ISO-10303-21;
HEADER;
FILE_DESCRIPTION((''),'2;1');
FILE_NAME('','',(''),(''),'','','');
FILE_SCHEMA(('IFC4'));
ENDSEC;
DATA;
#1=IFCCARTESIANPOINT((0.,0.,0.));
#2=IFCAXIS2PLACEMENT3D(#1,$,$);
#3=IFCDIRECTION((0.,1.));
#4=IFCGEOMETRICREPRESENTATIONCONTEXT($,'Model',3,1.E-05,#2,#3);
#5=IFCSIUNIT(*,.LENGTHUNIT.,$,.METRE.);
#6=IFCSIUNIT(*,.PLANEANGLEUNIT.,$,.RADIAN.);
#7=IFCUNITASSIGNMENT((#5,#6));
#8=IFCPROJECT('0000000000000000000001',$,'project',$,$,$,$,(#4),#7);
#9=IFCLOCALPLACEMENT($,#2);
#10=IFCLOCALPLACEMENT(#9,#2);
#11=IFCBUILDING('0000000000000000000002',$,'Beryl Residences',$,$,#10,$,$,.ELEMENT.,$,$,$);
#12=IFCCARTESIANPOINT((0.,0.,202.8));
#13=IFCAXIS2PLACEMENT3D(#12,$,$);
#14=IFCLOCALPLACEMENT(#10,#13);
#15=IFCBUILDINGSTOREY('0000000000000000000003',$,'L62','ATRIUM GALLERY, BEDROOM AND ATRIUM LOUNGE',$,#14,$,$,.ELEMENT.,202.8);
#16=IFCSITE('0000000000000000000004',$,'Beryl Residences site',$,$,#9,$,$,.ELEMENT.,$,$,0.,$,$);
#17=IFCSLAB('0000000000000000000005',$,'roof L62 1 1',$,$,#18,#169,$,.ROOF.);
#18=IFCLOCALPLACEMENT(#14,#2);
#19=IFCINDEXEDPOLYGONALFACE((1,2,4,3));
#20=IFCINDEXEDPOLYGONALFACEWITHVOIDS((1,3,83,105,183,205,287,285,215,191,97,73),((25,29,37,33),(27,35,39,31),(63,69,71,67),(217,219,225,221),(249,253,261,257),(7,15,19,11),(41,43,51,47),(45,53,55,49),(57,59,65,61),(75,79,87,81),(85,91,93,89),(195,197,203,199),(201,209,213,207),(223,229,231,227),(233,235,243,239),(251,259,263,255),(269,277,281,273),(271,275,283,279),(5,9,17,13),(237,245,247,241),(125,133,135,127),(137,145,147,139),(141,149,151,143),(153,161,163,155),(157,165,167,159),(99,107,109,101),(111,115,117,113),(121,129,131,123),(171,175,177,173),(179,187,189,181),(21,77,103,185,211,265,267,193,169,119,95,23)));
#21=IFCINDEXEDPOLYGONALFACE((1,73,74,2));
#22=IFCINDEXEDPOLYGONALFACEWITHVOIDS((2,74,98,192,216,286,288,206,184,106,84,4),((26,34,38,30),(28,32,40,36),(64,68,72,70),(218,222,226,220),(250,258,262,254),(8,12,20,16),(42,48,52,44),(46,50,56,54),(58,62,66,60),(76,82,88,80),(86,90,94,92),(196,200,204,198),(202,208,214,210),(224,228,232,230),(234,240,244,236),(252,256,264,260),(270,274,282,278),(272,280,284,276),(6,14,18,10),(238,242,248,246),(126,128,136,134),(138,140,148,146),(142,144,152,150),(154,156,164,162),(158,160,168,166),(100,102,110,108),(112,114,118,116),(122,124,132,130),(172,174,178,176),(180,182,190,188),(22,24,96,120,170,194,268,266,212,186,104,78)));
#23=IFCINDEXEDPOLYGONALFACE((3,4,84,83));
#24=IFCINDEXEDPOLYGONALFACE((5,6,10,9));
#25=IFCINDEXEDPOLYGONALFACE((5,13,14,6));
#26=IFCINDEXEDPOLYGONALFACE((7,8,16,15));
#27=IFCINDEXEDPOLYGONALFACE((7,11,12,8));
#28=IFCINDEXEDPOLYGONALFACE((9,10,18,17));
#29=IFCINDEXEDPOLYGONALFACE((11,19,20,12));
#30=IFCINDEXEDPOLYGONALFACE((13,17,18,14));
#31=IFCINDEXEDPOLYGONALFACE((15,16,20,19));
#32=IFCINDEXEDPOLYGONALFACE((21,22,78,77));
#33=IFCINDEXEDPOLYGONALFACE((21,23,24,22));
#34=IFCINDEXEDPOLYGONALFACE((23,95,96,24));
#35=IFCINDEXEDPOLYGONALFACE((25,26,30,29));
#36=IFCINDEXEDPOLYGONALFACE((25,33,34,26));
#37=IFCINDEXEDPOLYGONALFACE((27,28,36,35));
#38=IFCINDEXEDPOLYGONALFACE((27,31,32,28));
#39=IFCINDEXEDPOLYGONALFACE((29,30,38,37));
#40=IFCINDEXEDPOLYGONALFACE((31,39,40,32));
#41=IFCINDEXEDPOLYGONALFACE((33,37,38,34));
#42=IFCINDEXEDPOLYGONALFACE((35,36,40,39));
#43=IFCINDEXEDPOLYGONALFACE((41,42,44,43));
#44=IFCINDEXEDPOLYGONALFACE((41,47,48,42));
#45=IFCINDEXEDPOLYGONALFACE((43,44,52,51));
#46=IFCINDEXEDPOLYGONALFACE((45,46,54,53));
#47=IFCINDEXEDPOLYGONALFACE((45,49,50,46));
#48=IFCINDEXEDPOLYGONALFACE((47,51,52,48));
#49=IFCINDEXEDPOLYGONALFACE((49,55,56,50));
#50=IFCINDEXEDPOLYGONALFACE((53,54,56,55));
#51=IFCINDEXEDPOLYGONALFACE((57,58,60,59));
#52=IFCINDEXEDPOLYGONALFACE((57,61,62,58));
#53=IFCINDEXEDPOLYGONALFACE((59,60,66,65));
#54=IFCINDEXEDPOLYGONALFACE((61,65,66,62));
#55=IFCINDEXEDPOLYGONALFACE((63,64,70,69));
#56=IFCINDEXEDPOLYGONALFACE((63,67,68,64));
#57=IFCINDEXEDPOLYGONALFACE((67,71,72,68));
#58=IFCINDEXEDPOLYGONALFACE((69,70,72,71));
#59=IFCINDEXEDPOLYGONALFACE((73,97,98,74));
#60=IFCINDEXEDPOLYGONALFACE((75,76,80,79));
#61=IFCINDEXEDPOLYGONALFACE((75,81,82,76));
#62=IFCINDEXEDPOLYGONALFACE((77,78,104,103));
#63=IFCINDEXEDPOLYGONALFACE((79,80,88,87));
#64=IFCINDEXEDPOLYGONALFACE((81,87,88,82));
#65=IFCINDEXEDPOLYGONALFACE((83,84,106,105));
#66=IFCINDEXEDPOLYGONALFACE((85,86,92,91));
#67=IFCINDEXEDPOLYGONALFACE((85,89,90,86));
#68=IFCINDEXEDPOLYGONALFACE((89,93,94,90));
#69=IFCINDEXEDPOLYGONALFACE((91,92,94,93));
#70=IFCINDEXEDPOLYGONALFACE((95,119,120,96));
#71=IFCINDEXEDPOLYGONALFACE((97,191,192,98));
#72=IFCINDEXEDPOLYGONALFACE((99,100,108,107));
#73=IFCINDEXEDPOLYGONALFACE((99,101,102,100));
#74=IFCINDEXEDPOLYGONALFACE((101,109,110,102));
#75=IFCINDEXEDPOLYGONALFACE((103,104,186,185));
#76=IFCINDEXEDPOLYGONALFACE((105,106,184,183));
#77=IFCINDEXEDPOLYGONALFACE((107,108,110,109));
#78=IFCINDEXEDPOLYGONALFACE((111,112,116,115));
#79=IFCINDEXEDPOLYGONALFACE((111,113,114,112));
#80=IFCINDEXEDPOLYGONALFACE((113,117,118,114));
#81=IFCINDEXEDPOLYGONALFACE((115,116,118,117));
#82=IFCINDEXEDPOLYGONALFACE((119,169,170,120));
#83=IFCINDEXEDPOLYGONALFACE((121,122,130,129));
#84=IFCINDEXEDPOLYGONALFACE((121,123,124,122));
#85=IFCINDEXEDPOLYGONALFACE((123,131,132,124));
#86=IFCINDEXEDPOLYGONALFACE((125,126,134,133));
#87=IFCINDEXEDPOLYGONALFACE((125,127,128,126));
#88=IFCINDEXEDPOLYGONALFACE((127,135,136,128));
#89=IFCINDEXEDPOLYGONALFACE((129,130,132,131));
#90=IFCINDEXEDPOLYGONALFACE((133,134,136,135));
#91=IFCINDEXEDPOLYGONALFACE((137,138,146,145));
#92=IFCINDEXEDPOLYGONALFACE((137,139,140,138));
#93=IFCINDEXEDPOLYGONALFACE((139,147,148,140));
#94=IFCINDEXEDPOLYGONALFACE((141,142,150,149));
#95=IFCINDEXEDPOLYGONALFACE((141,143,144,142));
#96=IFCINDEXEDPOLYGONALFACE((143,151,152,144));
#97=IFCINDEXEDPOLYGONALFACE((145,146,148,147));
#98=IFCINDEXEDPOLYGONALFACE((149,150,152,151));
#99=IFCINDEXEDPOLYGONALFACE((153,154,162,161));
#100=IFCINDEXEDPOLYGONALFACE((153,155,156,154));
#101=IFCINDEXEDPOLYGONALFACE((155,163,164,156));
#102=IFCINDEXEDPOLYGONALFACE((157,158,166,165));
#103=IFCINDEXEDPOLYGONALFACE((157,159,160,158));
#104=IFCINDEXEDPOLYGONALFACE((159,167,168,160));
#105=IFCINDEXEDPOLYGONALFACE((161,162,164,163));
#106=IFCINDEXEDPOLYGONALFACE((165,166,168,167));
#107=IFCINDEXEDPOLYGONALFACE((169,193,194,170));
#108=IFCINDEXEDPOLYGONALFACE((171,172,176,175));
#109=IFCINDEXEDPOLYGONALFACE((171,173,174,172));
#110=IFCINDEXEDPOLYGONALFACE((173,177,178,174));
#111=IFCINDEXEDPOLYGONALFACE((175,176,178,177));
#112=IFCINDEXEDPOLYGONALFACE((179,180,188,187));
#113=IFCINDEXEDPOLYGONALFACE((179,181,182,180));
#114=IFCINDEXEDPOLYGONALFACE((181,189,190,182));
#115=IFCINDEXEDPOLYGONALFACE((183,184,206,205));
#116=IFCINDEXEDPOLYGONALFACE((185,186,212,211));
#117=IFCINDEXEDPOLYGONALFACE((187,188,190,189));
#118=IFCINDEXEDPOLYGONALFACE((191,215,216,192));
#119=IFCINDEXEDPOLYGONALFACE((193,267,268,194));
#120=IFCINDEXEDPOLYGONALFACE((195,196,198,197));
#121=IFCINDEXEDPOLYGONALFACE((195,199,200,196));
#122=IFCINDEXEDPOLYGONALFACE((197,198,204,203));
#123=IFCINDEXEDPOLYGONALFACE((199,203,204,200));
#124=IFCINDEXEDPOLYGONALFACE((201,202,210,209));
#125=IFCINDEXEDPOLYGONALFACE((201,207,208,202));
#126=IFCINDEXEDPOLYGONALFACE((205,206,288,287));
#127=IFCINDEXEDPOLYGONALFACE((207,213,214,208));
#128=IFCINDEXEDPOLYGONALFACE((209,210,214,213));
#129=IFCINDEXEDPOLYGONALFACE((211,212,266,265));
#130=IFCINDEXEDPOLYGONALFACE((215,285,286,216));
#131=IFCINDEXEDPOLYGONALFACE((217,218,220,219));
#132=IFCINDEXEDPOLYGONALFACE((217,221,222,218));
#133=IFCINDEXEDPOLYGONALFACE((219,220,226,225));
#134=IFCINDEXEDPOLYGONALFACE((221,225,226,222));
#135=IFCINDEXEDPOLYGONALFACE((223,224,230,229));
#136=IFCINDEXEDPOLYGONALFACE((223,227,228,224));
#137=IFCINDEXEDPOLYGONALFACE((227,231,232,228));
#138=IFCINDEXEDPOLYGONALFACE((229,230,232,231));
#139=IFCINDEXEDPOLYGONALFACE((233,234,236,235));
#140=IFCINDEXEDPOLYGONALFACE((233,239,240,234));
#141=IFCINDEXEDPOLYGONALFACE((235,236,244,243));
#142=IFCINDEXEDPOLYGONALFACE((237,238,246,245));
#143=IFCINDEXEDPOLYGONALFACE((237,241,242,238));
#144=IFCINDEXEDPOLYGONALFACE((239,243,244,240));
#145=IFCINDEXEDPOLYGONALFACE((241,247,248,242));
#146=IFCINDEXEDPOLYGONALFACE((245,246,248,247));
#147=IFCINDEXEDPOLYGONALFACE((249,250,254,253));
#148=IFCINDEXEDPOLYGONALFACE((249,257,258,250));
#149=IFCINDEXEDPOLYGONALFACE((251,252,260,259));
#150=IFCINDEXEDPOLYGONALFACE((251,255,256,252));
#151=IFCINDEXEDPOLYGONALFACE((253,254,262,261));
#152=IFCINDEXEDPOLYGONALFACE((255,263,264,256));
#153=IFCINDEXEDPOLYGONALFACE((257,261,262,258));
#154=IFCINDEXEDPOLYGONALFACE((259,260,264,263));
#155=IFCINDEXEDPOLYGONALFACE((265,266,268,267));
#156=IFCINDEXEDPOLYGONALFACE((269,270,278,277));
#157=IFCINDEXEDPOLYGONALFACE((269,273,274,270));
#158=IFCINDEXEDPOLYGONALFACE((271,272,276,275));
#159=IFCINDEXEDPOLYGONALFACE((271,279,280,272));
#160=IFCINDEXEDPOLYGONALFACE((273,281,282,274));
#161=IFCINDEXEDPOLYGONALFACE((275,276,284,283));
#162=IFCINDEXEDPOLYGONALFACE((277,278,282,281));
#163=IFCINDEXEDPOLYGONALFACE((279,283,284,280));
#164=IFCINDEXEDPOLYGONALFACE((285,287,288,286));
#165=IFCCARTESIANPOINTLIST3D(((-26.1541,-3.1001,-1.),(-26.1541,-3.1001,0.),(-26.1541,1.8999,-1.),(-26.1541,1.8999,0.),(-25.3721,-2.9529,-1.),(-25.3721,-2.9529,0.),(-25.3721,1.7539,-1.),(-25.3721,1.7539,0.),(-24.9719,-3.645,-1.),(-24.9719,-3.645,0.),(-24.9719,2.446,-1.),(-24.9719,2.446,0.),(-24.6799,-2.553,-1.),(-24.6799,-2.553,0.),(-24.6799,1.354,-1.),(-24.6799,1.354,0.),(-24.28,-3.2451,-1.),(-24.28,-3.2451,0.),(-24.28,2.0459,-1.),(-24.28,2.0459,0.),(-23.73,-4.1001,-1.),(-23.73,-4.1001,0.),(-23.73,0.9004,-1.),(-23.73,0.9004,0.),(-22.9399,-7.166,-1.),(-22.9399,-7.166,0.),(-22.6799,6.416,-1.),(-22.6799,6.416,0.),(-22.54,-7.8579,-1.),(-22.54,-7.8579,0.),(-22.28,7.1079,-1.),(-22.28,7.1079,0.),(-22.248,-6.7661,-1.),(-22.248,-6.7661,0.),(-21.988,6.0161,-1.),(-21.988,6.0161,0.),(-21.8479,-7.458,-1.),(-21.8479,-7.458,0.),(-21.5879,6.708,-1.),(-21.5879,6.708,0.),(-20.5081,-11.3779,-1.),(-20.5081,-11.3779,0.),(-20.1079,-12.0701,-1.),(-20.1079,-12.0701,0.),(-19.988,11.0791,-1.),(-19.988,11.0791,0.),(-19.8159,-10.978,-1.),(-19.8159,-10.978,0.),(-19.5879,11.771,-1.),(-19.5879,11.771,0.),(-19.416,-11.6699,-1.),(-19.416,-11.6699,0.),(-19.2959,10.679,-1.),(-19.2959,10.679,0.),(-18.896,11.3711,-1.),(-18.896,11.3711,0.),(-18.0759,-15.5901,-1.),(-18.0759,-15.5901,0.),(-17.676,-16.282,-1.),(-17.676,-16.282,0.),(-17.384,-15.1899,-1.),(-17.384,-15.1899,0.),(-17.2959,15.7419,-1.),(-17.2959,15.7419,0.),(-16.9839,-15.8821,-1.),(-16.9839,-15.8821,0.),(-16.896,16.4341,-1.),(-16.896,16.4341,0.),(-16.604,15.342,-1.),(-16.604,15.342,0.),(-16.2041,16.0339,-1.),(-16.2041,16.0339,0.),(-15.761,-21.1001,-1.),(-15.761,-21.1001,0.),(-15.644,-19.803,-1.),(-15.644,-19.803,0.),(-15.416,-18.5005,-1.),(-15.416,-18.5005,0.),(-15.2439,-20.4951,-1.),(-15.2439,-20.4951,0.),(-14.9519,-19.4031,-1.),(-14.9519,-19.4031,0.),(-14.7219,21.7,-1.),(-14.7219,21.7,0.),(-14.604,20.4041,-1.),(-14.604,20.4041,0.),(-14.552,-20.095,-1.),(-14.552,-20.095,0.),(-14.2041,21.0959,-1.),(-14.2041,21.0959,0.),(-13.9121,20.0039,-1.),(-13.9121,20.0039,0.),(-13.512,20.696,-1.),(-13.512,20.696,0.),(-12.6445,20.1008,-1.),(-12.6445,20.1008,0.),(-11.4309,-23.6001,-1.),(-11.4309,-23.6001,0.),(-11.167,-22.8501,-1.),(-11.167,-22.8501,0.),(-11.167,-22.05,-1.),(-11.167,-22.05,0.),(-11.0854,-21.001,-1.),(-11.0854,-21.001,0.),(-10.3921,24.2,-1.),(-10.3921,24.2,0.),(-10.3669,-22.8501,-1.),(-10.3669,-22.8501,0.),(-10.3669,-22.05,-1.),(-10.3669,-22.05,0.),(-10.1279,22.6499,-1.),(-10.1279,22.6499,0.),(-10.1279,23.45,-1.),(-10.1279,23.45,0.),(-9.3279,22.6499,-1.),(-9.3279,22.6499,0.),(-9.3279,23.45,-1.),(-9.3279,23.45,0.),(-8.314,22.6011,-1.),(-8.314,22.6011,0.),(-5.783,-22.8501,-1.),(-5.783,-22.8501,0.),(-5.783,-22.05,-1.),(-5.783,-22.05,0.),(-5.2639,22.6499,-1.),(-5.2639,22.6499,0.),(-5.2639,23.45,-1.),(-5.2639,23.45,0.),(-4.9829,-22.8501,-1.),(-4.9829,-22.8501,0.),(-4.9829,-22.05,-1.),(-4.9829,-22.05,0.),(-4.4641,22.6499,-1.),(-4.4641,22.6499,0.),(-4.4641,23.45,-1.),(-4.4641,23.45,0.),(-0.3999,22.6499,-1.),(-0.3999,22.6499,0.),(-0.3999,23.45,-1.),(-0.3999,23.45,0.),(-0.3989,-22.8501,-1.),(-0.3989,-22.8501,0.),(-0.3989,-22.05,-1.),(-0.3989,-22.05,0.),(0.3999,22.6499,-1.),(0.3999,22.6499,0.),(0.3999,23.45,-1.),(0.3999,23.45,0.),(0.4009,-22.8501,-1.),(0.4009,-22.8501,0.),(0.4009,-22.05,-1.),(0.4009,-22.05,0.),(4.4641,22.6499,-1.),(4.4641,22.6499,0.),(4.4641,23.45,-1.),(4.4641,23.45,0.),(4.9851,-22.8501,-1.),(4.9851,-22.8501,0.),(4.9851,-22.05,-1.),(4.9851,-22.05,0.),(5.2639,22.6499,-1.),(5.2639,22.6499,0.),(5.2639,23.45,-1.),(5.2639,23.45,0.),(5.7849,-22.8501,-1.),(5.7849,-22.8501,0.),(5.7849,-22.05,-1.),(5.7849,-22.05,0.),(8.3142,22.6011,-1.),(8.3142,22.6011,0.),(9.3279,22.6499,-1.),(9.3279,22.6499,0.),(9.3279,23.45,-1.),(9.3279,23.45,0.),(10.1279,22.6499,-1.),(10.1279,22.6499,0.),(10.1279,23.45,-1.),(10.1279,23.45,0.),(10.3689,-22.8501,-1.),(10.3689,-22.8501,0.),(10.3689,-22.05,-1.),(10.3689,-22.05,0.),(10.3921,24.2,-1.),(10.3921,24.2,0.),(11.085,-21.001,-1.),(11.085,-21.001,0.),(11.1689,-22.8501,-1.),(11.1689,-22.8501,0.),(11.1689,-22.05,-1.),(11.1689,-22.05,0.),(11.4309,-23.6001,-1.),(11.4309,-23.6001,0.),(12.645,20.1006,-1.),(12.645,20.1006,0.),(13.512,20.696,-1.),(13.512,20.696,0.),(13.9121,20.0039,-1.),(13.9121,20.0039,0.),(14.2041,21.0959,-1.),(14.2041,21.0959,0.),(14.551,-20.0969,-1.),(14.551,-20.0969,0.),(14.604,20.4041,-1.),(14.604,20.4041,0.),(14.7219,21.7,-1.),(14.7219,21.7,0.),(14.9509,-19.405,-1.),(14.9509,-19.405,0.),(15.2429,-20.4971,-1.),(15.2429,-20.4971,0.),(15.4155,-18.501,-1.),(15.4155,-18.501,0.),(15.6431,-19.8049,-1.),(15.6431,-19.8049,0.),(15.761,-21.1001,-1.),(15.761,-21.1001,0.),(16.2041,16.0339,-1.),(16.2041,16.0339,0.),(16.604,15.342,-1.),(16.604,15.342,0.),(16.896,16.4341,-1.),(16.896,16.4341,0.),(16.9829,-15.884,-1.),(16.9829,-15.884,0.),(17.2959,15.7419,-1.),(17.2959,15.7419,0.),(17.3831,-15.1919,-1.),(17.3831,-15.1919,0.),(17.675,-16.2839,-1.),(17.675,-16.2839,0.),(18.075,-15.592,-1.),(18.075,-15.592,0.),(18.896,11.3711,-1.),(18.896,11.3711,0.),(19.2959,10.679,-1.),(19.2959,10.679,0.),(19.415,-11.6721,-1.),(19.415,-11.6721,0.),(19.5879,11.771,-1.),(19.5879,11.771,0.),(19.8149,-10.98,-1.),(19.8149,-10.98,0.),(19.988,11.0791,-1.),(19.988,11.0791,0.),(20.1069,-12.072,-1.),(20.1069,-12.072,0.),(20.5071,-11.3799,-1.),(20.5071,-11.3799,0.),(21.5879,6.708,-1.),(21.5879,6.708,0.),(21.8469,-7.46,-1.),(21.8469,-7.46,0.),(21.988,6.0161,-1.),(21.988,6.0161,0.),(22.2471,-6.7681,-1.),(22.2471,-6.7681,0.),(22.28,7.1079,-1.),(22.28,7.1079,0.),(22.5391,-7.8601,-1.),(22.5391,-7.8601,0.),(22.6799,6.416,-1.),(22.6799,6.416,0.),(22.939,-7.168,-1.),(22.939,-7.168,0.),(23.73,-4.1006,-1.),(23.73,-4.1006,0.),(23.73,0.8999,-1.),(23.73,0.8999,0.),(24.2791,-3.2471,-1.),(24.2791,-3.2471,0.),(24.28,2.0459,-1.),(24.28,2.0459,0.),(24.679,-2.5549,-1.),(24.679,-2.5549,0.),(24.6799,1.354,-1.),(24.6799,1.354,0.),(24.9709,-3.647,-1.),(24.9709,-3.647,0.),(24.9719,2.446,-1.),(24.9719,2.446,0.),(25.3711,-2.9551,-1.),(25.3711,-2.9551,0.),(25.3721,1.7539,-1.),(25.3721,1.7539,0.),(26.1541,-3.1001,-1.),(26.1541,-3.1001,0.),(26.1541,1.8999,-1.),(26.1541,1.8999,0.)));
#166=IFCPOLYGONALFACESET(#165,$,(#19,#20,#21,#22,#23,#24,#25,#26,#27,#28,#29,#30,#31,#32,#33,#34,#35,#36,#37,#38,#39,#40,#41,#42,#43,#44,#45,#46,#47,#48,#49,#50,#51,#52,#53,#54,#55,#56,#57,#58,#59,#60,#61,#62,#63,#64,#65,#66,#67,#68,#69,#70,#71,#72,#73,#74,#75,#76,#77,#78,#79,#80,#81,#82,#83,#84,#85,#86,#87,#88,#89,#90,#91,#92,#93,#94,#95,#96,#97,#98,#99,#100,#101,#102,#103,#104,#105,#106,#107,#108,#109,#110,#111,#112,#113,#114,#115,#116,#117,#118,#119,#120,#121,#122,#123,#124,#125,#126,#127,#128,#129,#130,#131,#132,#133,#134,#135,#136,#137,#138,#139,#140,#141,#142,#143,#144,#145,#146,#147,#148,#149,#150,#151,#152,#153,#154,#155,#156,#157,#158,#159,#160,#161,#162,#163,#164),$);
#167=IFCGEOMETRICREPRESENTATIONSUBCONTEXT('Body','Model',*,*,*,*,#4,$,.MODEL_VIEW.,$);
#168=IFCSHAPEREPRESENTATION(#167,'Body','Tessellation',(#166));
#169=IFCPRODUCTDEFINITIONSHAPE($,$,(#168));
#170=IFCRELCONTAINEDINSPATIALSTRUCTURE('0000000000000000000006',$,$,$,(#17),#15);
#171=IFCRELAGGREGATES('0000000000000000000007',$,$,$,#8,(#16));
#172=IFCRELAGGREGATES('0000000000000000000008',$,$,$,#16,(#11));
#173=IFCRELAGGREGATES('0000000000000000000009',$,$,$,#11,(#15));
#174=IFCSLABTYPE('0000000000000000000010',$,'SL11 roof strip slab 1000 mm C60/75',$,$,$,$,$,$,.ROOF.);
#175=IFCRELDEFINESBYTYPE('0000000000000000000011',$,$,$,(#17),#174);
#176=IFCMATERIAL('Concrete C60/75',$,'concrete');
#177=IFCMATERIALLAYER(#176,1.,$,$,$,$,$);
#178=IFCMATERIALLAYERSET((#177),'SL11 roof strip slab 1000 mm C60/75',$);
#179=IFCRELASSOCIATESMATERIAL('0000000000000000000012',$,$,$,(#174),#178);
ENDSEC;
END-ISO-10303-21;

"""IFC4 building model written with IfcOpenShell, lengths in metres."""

from ifc_helpers import new_model, si_unit, direction, frame, origin, place, context, subcontext, project, spatial, polyline, outline, extrude, material, layer, layer_set, type_object, element, save


model = new_model("IFC4")

# Units and contexts
model_context = context("Model", 3, precision=1e-05, world=origin(), true_north=direction((0.0, 1.0)))
body_context = subcontext(model_context, "Body", "Model", "MODEL_VIEW")
ifc_project = project(units=[si_unit("LENGTHUNIT", "METRE"), si_unit("PLANEANGLEUNIT", "RADIAN")], contexts=[model_context])

# Site, building, storey
site_placement = place(None, origin())
site = spatial("IfcSite", under=ifc_project, at=site_placement, Name="Beryl Residences site", CompositionType="ELEMENT", RefElevation=0.0)
building_placement = place(site_placement, origin())
building = spatial("IfcBuilding", under=site, at=building_placement, Name="Beryl Residences", CompositionType="ELEMENT")
storey_placement = place(building_placement, frame((0.0, 0.0, 202.8)))
storey = spatial("IfcBuildingStorey", under=building, at=storey_placement, Name="L62", Description="ATRIUM GALLERY, BEDROOM AND ATRIUM LOUNGE", CompositionType="ELEMENT", Elevation=202.8)

# Slab
ifc_material_1 = material(Name="Concrete C60/75", Category="concrete")
ifc_layer_1 = layer(ifc_material_1, 1.0)
ifc_layer_set_1 = layer_set([ifc_layer_1], Name="SL11 roof strip slab 1000 mm C60/75")
slab_type_1 = type_object("IfcSlabType", Name="SL11 roof strip slab 1000 mm C60/75", PredefinedType="ROOF", material=ifc_layer_set_1)
slab_1_placement = place(storey_placement, frame((0.0, 0.0, -1.0)))
element("IfcSlab", 1, at=slab_1_placement, inside=storey, type_object=slab_type_1, Name="roof L62 1 1", PredefinedType="ROOF", context=body_context, shape_type="SweptSolid", body=[
    extrude(outline(polyline([(26.1541, -3.1001), (15.761, -21.1001), (11.4309, -23.6001), (-11.4309, -23.6001), (-15.761, -21.1001), (-26.1541, -3.1001), (-26.1541, 1.8999), (-14.7219, 21.7), (-10.3921, 24.2), (10.3921, 24.2), (14.7219, 21.7), (26.1541, 1.8999), (26.1541, -3.1001)]), holes=[polyline([(25.3721, 1.7539), (24.9719, 2.446), (24.28, 2.0459), (24.6799, 1.354), (25.3721, 1.7539)]), polyline([(25.3711, -2.9551), (24.679, -2.5549), (24.2791, -3.2471), (24.9709, -3.647), (25.3711, -2.9551)]), polyline([(8.3142, 22.6011), (-8.314, 22.6011), (-12.6445, 20.1008), (-23.73, 0.9004), (-23.73, -4.1001), (-15.416, -18.5005), (-11.0854, -21.001), (11.085, -21.001), (15.4155, -18.501), (23.73, -4.1006), (23.73, 0.8999), (12.645, 20.1006), (8.3142, 22.6011)]), polyline([(22.939, -7.168), (22.2471, -6.7681), (21.8469, -7.46), (22.5391, -7.8601), (22.939, -7.168)]), polyline([(22.6799, 6.416), (22.28, 7.1079), (21.5879, 6.708), (21.988, 6.0161), (22.6799, 6.416)]), polyline([(19.8149, -10.98), (19.415, -11.6721), (20.1069, -12.072), (20.5071, -11.3799), (19.8149, -10.98)]), polyline([(19.5879, 11.771), (18.896, 11.3711), (19.2959, 10.679), (19.988, 11.0791), (19.5879, 11.771)]), polyline([(17.675, -16.2839), (18.075, -15.592), (17.3831, -15.1919), (16.9829, -15.884), (17.675, -16.2839)]), polyline([(17.2959, 15.7419), (16.896, 16.4341), (16.2041, 16.0339), (16.604, 15.342), (17.2959, 15.7419)]), polyline([(15.2429, -20.4971), (15.6431, -19.8049), (14.9509, -19.405), (14.551, -20.0969), (15.2429, -20.4971)]), polyline([(14.604, 20.4041), (14.2041, 21.0959), (13.512, 20.696), (13.9121, 20.0039), (14.604, 20.4041)]), polyline([(11.1689, -22.8501), (11.1689, -22.05), (10.3689, -22.05), (10.3689, -22.8501), (11.1689, -22.8501)]), polyline([(10.1279, 23.45), (9.3279, 23.45), (9.3279, 22.6499), (10.1279, 22.6499), (10.1279, 23.45)]), polyline([(4.9851, -22.8501), (5.7849, -22.8501), (5.7849, -22.05), (4.9851, -22.05), (4.9851, -22.8501)]), polyline([(5.2639, 23.45), (4.4641, 23.45), (4.4641, 22.6499), (5.2639, 22.6499), (5.2639, 23.45)]), polyline([(0.4009, -22.05), (-0.3989, -22.05), (-0.3989, -22.8501), (0.4009, -22.8501), (0.4009, -22.05)]), polyline([(-0.3999, 22.6499), (0.3999, 22.6499), (0.3999, 23.45), (-0.3999, 23.45), (-0.3999, 22.6499)]), polyline([(-4.4641, 23.45), (-5.2639, 23.45), (-5.2639, 22.6499), (-4.4641, 22.6499), (-4.4641, 23.45)]), polyline([(-5.783, -22.8501), (-4.9829, -22.8501), (-4.9829, -22.05), (-5.783, -22.05), (-5.783, -22.8501)]), polyline([(-9.3279, 23.45), (-10.1279, 23.45), (-10.1279, 22.6499), (-9.3279, 22.6499), (-9.3279, 23.45)]), polyline([(-10.3669, -22.05), (-11.167, -22.05), (-11.167, -22.8501), (-10.3669, -22.8501), (-10.3669, -22.05)]), polyline([(-14.604, 20.4041), (-13.9121, 20.0039), (-13.512, 20.696), (-14.2041, 21.0959), (-14.604, 20.4041)]), polyline([(-15.2439, -20.4951), (-14.552, -20.095), (-14.9519, -19.4031), (-15.644, -19.803), (-15.2439, -20.4951)]), polyline([(-17.2959, 15.7419), (-16.604, 15.342), (-16.2041, 16.0339), (-16.896, 16.4341), (-17.2959, 15.7419)]), polyline([(-17.676, -16.282), (-16.9839, -15.8821), (-17.384, -15.1899), (-18.0759, -15.5901), (-17.676, -16.282)]), polyline([(-19.2959, 10.679), (-18.896, 11.3711), (-19.5879, 11.771), (-19.988, 11.0791), (-19.2959, 10.679)]), polyline([(-20.5081, -11.3779), (-20.1079, -12.0701), (-19.416, -11.6699), (-19.8159, -10.978), (-20.5081, -11.3779)]), polyline([(-22.28, 7.1079), (-22.6799, 6.416), (-21.988, 6.0161), (-21.5879, 6.708), (-22.28, 7.1079)]), polyline([(-22.54, -7.8579), (-21.8479, -7.458), (-22.248, -6.7661), (-22.9399, -7.166), (-22.54, -7.8579)]), polyline([(-24.9719, 2.446), (-25.3721, 1.7539), (-24.6799, 1.354), (-24.28, 2.0459), (-24.9719, 2.446)]), polyline([(-24.9719, -3.645), (-24.28, -3.2451), (-24.6799, -2.553), (-25.3721, -2.9529), (-24.9719, -3.645)])]), origin(), (0.0, 0.0, 1.0), 1.0),
])

save(model, "model.ifc")
